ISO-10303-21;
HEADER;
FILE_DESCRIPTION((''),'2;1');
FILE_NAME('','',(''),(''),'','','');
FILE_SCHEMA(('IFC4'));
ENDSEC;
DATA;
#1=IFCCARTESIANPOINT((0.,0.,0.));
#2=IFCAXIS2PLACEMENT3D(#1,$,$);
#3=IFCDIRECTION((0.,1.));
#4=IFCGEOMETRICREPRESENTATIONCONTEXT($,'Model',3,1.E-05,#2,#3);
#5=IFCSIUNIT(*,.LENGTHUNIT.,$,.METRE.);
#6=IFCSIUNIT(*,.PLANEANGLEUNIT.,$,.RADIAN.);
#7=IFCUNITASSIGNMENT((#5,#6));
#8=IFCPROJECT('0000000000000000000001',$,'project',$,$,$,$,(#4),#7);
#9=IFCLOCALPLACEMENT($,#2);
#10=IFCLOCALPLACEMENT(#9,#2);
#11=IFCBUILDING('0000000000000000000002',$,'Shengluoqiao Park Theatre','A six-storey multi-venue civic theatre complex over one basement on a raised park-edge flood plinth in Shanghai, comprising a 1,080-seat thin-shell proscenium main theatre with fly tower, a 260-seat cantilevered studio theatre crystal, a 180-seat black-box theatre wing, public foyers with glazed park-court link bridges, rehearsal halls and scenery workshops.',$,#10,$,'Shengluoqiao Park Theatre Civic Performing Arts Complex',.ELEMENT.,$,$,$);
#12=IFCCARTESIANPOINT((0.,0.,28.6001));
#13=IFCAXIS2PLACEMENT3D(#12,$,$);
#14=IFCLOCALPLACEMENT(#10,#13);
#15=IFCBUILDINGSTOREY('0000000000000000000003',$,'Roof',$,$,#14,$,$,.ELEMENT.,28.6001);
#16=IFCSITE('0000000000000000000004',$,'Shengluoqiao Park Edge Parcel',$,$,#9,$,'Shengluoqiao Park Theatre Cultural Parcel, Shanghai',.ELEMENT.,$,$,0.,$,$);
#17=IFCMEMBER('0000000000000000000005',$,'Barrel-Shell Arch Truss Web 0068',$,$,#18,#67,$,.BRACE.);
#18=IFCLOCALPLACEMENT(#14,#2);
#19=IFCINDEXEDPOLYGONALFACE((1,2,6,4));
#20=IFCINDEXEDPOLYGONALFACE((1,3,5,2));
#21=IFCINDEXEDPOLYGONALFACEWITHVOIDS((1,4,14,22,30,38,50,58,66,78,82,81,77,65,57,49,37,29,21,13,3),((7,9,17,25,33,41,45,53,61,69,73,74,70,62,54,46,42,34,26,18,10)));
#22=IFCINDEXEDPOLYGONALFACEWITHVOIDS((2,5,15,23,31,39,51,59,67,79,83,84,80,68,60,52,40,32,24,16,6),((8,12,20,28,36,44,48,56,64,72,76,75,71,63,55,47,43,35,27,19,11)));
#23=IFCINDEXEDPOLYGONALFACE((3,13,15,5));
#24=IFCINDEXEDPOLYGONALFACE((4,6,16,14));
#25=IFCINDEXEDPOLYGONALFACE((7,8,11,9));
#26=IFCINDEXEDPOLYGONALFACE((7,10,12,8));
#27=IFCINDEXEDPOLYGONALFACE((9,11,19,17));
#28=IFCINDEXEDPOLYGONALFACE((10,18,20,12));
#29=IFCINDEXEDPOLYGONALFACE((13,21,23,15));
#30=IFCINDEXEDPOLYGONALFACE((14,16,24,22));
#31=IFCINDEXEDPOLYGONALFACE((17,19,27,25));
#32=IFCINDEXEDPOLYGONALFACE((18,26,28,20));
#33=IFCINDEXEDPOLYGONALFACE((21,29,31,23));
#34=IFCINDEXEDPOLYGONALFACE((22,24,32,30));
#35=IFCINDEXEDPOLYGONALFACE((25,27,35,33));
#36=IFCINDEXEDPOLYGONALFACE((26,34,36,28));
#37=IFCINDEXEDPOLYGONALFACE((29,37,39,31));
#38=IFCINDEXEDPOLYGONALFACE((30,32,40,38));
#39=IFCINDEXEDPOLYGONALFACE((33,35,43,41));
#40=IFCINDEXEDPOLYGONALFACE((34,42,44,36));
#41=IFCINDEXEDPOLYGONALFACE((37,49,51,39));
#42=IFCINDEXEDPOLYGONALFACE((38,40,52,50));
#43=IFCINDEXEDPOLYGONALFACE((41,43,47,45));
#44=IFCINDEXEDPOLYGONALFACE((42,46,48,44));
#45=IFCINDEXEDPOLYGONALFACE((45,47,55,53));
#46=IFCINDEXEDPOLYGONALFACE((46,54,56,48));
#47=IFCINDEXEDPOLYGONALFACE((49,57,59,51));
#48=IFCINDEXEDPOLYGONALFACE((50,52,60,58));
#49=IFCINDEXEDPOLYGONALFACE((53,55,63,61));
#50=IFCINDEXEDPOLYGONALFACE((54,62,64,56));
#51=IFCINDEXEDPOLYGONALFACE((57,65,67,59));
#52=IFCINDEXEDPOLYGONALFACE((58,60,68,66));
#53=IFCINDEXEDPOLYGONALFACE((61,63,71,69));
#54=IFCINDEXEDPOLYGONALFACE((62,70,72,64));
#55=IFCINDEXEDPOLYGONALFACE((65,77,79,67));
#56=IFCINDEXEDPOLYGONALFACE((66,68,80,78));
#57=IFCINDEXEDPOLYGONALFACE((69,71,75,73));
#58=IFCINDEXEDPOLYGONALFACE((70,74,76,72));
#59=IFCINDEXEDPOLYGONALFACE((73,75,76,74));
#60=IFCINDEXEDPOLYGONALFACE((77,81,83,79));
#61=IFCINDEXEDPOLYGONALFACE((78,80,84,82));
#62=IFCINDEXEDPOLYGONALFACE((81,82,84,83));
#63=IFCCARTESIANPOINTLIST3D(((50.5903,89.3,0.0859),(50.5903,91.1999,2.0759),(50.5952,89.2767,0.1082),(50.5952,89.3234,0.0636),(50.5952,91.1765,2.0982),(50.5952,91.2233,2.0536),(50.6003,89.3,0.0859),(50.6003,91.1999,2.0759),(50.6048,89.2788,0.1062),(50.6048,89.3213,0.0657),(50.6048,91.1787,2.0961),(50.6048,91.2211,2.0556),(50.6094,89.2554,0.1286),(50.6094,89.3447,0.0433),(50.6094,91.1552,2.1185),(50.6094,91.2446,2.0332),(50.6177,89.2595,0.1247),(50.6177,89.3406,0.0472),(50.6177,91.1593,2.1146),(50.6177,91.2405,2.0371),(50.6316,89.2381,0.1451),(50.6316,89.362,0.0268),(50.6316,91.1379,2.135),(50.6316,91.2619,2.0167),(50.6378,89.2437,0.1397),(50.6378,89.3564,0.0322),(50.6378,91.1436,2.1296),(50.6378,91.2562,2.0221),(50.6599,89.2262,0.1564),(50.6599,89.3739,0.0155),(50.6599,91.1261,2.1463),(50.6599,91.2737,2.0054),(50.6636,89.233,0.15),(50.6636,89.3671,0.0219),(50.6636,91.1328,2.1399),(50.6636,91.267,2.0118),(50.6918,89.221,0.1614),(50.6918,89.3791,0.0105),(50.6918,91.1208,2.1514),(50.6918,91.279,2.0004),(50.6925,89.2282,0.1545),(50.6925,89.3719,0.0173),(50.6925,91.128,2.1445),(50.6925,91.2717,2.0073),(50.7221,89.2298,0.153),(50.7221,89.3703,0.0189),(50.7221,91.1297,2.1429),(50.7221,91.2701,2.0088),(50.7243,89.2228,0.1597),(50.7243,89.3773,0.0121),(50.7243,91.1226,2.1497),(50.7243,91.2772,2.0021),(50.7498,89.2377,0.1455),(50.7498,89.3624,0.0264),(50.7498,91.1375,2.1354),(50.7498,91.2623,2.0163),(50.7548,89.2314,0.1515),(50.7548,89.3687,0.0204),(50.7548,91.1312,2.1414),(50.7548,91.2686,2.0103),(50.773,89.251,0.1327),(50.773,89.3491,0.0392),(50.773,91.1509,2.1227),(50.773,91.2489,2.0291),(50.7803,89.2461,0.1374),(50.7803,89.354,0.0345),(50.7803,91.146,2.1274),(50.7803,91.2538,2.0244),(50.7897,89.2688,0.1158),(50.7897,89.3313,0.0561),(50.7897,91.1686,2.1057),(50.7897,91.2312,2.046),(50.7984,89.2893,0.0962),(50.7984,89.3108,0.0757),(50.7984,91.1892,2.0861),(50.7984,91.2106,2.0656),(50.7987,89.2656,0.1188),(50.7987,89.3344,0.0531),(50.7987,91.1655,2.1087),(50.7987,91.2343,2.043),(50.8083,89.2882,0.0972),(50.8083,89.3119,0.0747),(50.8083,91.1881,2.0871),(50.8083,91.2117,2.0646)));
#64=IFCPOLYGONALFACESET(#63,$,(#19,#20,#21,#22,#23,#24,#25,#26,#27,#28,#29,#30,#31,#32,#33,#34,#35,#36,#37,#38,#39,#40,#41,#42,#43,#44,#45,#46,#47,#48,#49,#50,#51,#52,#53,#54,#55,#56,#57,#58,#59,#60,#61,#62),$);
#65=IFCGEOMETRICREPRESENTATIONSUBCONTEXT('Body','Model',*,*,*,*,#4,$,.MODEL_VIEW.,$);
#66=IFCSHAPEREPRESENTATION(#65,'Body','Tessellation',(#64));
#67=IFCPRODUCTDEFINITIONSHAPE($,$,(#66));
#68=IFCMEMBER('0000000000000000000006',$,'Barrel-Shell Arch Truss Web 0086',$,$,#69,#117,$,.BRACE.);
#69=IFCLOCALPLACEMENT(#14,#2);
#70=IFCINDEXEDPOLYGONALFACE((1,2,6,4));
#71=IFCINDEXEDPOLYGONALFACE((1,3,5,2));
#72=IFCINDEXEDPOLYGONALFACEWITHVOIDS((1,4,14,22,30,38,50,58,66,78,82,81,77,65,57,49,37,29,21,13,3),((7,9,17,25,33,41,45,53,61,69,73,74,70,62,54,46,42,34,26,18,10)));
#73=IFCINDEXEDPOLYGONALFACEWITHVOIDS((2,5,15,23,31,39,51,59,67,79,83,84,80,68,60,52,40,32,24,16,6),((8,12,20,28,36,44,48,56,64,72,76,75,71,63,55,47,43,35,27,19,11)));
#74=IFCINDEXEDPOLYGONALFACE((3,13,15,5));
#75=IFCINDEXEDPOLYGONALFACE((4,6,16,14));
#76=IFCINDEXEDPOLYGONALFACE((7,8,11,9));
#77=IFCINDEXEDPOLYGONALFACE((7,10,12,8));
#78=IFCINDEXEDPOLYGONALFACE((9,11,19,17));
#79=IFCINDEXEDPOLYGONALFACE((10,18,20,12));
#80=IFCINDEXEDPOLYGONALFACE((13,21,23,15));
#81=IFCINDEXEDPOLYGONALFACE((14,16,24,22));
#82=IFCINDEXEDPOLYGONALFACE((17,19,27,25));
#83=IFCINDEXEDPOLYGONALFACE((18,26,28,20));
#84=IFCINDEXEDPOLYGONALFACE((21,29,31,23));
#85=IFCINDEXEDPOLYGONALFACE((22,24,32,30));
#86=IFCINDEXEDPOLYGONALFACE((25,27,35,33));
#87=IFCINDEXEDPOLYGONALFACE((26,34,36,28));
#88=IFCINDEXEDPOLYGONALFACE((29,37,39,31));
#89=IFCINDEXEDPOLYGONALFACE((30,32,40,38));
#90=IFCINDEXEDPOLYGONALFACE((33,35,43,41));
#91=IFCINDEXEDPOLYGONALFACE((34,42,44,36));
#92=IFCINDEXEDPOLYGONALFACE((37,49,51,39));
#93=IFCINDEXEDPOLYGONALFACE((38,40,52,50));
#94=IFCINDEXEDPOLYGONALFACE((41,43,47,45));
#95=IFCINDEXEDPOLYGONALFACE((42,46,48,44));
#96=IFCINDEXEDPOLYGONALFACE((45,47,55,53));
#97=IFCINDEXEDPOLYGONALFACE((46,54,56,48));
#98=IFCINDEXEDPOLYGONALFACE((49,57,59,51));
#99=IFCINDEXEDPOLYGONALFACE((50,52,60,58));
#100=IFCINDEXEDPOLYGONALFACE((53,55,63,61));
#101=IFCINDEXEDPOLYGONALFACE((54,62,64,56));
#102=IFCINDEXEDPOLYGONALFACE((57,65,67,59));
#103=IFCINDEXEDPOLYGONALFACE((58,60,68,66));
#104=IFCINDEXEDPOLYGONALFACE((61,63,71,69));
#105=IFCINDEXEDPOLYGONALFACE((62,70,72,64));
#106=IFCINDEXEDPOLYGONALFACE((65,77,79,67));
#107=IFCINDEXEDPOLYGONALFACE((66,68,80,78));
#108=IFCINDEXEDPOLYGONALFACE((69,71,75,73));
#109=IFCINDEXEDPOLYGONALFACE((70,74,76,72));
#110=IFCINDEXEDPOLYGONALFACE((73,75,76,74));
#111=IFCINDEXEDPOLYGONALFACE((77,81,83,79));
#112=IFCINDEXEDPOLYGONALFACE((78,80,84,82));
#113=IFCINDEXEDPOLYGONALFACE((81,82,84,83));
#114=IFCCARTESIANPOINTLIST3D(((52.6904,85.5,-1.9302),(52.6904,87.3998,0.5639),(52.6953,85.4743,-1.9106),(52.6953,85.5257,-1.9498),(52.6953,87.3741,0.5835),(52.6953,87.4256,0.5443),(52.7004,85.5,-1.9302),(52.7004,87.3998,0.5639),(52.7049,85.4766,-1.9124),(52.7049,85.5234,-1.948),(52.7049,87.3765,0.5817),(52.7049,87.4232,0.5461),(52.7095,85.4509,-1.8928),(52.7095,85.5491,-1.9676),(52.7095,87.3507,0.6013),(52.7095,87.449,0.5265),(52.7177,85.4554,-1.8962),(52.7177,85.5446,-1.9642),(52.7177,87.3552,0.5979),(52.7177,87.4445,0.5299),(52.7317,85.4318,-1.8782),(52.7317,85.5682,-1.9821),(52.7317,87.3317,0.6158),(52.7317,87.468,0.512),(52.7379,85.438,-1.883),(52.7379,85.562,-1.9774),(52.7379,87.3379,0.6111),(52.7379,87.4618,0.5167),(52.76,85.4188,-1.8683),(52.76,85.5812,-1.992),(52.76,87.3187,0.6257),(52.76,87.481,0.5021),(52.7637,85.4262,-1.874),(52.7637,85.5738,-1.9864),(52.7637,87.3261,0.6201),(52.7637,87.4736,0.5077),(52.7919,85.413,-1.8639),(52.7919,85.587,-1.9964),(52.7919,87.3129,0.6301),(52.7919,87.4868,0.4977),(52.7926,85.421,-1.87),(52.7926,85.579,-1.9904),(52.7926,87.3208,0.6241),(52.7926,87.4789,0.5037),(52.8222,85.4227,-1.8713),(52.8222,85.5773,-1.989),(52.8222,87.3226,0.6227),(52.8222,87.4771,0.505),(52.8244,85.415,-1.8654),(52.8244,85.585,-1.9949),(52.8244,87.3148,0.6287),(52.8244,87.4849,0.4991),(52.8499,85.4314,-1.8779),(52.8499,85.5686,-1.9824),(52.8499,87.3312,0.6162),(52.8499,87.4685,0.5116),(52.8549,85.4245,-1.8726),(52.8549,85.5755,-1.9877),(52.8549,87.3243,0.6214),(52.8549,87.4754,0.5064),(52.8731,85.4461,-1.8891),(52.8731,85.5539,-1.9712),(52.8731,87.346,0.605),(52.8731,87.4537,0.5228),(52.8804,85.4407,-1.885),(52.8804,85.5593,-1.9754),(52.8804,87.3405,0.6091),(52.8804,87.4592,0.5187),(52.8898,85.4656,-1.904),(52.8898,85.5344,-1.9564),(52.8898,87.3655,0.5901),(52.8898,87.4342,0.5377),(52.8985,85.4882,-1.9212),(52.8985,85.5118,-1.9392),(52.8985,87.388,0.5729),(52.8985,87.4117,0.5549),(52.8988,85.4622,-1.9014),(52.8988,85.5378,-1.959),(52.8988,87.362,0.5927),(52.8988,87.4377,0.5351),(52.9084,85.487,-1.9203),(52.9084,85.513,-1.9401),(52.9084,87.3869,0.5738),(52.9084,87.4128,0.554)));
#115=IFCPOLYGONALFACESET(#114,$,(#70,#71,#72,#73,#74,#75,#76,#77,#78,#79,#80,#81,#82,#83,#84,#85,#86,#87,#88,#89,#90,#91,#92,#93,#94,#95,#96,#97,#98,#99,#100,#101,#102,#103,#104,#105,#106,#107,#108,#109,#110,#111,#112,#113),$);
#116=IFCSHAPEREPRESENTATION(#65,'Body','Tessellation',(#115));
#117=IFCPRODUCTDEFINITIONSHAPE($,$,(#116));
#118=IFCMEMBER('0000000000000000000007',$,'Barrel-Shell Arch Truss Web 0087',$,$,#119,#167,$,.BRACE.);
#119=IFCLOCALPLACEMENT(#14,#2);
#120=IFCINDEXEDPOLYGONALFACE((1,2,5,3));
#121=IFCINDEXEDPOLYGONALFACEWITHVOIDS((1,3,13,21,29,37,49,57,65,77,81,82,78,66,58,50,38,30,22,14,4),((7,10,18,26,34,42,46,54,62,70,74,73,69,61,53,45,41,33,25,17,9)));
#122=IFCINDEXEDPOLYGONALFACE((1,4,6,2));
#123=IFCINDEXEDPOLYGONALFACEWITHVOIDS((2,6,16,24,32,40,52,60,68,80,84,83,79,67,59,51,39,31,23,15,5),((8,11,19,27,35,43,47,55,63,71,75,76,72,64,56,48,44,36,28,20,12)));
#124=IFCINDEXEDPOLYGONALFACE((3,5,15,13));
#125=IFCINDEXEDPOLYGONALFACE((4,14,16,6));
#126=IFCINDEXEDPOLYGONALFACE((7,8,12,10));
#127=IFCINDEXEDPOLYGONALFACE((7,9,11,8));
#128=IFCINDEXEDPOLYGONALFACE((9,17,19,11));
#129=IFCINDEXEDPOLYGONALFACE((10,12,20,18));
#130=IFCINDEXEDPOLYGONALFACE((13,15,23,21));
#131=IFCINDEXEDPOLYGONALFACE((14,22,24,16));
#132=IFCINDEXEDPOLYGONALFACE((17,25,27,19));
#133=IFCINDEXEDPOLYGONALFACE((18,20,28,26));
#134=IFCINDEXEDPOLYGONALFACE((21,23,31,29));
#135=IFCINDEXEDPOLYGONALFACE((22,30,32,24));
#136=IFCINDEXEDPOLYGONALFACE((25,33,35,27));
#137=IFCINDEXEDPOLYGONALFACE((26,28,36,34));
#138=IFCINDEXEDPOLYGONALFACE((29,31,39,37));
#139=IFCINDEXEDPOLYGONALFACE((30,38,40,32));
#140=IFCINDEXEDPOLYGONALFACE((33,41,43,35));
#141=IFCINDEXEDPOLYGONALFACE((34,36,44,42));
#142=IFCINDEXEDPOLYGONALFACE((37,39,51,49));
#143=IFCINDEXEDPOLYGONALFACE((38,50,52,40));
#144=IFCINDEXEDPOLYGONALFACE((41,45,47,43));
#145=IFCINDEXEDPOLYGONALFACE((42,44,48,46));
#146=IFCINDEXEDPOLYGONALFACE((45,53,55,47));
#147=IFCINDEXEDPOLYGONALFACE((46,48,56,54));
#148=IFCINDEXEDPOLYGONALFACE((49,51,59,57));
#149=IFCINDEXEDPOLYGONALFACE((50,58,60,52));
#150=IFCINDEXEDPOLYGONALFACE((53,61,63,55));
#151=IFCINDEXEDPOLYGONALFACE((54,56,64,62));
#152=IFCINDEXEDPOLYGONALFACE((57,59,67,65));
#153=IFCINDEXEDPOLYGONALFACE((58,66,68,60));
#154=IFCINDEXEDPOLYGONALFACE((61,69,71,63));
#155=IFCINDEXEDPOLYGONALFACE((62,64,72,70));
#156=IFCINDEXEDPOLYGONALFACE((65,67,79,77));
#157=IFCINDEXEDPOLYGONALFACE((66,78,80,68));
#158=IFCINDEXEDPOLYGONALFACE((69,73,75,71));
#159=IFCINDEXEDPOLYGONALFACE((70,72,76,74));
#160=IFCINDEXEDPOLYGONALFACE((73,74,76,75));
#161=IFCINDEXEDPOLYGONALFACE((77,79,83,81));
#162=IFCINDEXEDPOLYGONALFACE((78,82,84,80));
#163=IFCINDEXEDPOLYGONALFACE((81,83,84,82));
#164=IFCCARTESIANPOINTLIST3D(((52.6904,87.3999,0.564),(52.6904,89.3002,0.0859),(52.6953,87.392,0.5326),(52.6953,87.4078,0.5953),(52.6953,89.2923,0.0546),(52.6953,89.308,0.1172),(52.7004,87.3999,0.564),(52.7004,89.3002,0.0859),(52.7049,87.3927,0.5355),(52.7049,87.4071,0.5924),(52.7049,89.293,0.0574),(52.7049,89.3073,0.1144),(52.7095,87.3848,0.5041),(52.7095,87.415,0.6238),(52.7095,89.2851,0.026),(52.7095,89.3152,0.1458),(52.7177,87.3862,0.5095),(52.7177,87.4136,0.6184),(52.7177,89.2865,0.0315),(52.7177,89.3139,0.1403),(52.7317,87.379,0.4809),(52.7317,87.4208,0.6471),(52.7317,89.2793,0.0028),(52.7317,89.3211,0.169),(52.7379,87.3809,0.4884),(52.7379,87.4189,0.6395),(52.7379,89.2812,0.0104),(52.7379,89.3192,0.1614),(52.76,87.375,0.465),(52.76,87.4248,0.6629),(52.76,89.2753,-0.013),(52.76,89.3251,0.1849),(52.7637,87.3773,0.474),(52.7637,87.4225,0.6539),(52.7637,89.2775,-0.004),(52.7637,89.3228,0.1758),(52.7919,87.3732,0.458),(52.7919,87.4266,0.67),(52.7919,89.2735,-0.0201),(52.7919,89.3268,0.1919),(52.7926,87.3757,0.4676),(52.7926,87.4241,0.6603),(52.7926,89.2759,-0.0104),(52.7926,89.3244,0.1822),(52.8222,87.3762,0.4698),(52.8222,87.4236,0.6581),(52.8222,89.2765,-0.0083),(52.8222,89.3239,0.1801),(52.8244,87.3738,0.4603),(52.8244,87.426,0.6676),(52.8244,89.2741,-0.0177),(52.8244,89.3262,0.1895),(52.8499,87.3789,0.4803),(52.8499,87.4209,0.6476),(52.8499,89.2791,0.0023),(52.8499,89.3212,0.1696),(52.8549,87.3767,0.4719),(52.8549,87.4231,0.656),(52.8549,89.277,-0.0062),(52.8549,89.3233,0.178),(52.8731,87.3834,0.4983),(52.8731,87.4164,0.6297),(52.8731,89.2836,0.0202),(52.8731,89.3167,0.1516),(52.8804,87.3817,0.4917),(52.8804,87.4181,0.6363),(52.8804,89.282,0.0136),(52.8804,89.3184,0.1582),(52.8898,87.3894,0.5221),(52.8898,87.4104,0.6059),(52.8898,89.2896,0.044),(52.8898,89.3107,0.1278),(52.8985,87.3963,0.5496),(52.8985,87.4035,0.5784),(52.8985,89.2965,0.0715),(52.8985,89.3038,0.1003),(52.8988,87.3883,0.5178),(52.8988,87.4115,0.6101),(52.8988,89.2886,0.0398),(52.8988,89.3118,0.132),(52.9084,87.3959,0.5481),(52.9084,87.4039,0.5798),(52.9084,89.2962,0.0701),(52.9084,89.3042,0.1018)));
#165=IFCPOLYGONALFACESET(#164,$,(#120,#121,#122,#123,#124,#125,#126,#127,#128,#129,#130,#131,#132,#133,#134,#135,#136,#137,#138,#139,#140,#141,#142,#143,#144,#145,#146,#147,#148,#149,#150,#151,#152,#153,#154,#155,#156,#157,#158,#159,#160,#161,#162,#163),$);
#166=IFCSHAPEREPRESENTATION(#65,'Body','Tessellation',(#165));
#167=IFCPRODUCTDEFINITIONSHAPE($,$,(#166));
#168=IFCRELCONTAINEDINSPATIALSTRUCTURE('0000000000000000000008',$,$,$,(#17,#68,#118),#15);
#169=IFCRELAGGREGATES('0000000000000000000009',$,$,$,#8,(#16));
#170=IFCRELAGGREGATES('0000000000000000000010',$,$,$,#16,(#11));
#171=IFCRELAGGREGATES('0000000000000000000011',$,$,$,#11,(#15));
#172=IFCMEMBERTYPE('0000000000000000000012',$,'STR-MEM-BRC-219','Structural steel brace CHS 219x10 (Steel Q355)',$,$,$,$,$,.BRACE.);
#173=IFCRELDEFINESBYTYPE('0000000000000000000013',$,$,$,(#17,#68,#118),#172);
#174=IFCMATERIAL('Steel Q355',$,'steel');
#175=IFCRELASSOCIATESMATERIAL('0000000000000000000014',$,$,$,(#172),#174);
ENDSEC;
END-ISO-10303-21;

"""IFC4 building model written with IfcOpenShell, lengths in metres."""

from ifc_helpers import new_model, si_unit, direction, frame, origin, origin_2d, place, context, subcontext, project, spatial, hollow_circle, extrude, material, material_profile, profile_set, type_object, element, save


model = new_model("IFC4")

# Units and contexts
model_context = context("Model", 3, precision=1e-05, world=origin(), true_north=direction((0.0, 1.0)))
body_context = subcontext(model_context, "Body", "Model", "MODEL_VIEW")
ifc_project = project(units=[si_unit("LENGTHUNIT", "METRE"), si_unit("PLANEANGLEUNIT", "RADIAN")], contexts=[model_context])

# Site, building, storey
site_placement = place(None, origin())
site = spatial("IfcSite", under=ifc_project, at=site_placement, Name="Shengluoqiao Park Edge Parcel", LongName="Shengluoqiao Park Theatre Cultural Parcel, Shanghai", CompositionType="ELEMENT", RefElevation=0.0)
building_placement = place(site_placement, origin())
building = spatial("IfcBuilding", under=site, at=building_placement, Name="Shengluoqiao Park Theatre", Description="A six-storey multi-venue civic theatre complex over one basement on a raised park-edge flood plinth in Shanghai, comprising a 1,080-seat thin-shell proscenium main theatre with fly tower, a 260-seat cantilevered studio theatre crystal, a 180-seat black-box theatre wing, public foyers with glazed park-court link bridges, rehearsal halls and scenery workshops.", LongName="Shengluoqiao Park Theatre Civic Performing Arts Complex", CompositionType="ELEMENT")
storey_placement = place(building_placement, frame((0.0, 0.0, 28.6001)))
storey = spatial("IfcBuildingStorey", under=building, at=storey_placement, Name="Roof", CompositionType="ELEMENT", Elevation=28.6001)

# Shared definitions
ifc_material_1 = material(Name="Steel Q355", Category="steel")

# Members
ifc_material_profile_1 = material_profile(ifc_material_1, hollow_circle(Radius=0.1096, WallThickness=0.01, at=origin_2d()), Name="CHS 219x10")
ifc_profile_set_1 = profile_set([ifc_material_profile_1], Name="Steel Q355")
member_type_1 = type_object("IfcMemberType", Name="STR-MEM-BRC-219", Description="Structural steel brace CHS 219x10 (Steel Q355)", PredefinedType="BRACE", material=ifc_profile_set_1)
member_1_placement = place(storey_placement, frame((50.7, 89.3, 0.0859), z_axis=(0.0, 0.690545, 0.723289), x_axis=(-1.0, 0.0, 0.0)))
element("IfcMember", 1, at=member_1_placement, inside=storey, type_object=member_type_1, Name="Barrel-Shell Arch Truss Web 0068", PredefinedType="BRACE", context=body_context, shape_type="SweptSolid", body=[
    extrude(hollow_circle(Radius=0.1096, WallThickness=0.01, at=origin_2d()), origin(), (0.0, 0.0, 1.0), 2.7512),
])
member_2_placement = place(storey_placement, frame((52.8, 85.5, -1.9302), z_axis=(0.0, 0.605963, 0.795492), x_axis=(-1.0, 0.0, 0.0)))
element("IfcMember", 2, at=member_2_placement, inside=storey, type_object=member_type_1, Name="Barrel-Shell Arch Truss Web 0086", PredefinedType="BRACE", context=body_context, shape_type="SweptSolid", body=[
    extrude(hollow_circle(Radius=0.1096, WallThickness=0.01, at=origin_2d()), origin(), (0.0, 0.0, 1.0), 3.1353),
])
member_3_placement = place(storey_placement, frame((52.8, 87.3999, 0.564), z_axis=(0.0, 0.969782, -0.243972), x_axis=(-1.0, 0.0, 0.0)))
element("IfcMember", 3, at=member_3_placement, inside=storey, type_object=member_type_1, Name="Barrel-Shell Arch Truss Web 0087", PredefinedType="BRACE", context=body_context, shape_type="SweptSolid", body=[
    extrude(hollow_circle(Radius=0.1096, WallThickness=0.01, at=origin_2d()), origin(), (0.0, 0.0, 1.0), 1.9595),
])

save(model, "model.ifc")
